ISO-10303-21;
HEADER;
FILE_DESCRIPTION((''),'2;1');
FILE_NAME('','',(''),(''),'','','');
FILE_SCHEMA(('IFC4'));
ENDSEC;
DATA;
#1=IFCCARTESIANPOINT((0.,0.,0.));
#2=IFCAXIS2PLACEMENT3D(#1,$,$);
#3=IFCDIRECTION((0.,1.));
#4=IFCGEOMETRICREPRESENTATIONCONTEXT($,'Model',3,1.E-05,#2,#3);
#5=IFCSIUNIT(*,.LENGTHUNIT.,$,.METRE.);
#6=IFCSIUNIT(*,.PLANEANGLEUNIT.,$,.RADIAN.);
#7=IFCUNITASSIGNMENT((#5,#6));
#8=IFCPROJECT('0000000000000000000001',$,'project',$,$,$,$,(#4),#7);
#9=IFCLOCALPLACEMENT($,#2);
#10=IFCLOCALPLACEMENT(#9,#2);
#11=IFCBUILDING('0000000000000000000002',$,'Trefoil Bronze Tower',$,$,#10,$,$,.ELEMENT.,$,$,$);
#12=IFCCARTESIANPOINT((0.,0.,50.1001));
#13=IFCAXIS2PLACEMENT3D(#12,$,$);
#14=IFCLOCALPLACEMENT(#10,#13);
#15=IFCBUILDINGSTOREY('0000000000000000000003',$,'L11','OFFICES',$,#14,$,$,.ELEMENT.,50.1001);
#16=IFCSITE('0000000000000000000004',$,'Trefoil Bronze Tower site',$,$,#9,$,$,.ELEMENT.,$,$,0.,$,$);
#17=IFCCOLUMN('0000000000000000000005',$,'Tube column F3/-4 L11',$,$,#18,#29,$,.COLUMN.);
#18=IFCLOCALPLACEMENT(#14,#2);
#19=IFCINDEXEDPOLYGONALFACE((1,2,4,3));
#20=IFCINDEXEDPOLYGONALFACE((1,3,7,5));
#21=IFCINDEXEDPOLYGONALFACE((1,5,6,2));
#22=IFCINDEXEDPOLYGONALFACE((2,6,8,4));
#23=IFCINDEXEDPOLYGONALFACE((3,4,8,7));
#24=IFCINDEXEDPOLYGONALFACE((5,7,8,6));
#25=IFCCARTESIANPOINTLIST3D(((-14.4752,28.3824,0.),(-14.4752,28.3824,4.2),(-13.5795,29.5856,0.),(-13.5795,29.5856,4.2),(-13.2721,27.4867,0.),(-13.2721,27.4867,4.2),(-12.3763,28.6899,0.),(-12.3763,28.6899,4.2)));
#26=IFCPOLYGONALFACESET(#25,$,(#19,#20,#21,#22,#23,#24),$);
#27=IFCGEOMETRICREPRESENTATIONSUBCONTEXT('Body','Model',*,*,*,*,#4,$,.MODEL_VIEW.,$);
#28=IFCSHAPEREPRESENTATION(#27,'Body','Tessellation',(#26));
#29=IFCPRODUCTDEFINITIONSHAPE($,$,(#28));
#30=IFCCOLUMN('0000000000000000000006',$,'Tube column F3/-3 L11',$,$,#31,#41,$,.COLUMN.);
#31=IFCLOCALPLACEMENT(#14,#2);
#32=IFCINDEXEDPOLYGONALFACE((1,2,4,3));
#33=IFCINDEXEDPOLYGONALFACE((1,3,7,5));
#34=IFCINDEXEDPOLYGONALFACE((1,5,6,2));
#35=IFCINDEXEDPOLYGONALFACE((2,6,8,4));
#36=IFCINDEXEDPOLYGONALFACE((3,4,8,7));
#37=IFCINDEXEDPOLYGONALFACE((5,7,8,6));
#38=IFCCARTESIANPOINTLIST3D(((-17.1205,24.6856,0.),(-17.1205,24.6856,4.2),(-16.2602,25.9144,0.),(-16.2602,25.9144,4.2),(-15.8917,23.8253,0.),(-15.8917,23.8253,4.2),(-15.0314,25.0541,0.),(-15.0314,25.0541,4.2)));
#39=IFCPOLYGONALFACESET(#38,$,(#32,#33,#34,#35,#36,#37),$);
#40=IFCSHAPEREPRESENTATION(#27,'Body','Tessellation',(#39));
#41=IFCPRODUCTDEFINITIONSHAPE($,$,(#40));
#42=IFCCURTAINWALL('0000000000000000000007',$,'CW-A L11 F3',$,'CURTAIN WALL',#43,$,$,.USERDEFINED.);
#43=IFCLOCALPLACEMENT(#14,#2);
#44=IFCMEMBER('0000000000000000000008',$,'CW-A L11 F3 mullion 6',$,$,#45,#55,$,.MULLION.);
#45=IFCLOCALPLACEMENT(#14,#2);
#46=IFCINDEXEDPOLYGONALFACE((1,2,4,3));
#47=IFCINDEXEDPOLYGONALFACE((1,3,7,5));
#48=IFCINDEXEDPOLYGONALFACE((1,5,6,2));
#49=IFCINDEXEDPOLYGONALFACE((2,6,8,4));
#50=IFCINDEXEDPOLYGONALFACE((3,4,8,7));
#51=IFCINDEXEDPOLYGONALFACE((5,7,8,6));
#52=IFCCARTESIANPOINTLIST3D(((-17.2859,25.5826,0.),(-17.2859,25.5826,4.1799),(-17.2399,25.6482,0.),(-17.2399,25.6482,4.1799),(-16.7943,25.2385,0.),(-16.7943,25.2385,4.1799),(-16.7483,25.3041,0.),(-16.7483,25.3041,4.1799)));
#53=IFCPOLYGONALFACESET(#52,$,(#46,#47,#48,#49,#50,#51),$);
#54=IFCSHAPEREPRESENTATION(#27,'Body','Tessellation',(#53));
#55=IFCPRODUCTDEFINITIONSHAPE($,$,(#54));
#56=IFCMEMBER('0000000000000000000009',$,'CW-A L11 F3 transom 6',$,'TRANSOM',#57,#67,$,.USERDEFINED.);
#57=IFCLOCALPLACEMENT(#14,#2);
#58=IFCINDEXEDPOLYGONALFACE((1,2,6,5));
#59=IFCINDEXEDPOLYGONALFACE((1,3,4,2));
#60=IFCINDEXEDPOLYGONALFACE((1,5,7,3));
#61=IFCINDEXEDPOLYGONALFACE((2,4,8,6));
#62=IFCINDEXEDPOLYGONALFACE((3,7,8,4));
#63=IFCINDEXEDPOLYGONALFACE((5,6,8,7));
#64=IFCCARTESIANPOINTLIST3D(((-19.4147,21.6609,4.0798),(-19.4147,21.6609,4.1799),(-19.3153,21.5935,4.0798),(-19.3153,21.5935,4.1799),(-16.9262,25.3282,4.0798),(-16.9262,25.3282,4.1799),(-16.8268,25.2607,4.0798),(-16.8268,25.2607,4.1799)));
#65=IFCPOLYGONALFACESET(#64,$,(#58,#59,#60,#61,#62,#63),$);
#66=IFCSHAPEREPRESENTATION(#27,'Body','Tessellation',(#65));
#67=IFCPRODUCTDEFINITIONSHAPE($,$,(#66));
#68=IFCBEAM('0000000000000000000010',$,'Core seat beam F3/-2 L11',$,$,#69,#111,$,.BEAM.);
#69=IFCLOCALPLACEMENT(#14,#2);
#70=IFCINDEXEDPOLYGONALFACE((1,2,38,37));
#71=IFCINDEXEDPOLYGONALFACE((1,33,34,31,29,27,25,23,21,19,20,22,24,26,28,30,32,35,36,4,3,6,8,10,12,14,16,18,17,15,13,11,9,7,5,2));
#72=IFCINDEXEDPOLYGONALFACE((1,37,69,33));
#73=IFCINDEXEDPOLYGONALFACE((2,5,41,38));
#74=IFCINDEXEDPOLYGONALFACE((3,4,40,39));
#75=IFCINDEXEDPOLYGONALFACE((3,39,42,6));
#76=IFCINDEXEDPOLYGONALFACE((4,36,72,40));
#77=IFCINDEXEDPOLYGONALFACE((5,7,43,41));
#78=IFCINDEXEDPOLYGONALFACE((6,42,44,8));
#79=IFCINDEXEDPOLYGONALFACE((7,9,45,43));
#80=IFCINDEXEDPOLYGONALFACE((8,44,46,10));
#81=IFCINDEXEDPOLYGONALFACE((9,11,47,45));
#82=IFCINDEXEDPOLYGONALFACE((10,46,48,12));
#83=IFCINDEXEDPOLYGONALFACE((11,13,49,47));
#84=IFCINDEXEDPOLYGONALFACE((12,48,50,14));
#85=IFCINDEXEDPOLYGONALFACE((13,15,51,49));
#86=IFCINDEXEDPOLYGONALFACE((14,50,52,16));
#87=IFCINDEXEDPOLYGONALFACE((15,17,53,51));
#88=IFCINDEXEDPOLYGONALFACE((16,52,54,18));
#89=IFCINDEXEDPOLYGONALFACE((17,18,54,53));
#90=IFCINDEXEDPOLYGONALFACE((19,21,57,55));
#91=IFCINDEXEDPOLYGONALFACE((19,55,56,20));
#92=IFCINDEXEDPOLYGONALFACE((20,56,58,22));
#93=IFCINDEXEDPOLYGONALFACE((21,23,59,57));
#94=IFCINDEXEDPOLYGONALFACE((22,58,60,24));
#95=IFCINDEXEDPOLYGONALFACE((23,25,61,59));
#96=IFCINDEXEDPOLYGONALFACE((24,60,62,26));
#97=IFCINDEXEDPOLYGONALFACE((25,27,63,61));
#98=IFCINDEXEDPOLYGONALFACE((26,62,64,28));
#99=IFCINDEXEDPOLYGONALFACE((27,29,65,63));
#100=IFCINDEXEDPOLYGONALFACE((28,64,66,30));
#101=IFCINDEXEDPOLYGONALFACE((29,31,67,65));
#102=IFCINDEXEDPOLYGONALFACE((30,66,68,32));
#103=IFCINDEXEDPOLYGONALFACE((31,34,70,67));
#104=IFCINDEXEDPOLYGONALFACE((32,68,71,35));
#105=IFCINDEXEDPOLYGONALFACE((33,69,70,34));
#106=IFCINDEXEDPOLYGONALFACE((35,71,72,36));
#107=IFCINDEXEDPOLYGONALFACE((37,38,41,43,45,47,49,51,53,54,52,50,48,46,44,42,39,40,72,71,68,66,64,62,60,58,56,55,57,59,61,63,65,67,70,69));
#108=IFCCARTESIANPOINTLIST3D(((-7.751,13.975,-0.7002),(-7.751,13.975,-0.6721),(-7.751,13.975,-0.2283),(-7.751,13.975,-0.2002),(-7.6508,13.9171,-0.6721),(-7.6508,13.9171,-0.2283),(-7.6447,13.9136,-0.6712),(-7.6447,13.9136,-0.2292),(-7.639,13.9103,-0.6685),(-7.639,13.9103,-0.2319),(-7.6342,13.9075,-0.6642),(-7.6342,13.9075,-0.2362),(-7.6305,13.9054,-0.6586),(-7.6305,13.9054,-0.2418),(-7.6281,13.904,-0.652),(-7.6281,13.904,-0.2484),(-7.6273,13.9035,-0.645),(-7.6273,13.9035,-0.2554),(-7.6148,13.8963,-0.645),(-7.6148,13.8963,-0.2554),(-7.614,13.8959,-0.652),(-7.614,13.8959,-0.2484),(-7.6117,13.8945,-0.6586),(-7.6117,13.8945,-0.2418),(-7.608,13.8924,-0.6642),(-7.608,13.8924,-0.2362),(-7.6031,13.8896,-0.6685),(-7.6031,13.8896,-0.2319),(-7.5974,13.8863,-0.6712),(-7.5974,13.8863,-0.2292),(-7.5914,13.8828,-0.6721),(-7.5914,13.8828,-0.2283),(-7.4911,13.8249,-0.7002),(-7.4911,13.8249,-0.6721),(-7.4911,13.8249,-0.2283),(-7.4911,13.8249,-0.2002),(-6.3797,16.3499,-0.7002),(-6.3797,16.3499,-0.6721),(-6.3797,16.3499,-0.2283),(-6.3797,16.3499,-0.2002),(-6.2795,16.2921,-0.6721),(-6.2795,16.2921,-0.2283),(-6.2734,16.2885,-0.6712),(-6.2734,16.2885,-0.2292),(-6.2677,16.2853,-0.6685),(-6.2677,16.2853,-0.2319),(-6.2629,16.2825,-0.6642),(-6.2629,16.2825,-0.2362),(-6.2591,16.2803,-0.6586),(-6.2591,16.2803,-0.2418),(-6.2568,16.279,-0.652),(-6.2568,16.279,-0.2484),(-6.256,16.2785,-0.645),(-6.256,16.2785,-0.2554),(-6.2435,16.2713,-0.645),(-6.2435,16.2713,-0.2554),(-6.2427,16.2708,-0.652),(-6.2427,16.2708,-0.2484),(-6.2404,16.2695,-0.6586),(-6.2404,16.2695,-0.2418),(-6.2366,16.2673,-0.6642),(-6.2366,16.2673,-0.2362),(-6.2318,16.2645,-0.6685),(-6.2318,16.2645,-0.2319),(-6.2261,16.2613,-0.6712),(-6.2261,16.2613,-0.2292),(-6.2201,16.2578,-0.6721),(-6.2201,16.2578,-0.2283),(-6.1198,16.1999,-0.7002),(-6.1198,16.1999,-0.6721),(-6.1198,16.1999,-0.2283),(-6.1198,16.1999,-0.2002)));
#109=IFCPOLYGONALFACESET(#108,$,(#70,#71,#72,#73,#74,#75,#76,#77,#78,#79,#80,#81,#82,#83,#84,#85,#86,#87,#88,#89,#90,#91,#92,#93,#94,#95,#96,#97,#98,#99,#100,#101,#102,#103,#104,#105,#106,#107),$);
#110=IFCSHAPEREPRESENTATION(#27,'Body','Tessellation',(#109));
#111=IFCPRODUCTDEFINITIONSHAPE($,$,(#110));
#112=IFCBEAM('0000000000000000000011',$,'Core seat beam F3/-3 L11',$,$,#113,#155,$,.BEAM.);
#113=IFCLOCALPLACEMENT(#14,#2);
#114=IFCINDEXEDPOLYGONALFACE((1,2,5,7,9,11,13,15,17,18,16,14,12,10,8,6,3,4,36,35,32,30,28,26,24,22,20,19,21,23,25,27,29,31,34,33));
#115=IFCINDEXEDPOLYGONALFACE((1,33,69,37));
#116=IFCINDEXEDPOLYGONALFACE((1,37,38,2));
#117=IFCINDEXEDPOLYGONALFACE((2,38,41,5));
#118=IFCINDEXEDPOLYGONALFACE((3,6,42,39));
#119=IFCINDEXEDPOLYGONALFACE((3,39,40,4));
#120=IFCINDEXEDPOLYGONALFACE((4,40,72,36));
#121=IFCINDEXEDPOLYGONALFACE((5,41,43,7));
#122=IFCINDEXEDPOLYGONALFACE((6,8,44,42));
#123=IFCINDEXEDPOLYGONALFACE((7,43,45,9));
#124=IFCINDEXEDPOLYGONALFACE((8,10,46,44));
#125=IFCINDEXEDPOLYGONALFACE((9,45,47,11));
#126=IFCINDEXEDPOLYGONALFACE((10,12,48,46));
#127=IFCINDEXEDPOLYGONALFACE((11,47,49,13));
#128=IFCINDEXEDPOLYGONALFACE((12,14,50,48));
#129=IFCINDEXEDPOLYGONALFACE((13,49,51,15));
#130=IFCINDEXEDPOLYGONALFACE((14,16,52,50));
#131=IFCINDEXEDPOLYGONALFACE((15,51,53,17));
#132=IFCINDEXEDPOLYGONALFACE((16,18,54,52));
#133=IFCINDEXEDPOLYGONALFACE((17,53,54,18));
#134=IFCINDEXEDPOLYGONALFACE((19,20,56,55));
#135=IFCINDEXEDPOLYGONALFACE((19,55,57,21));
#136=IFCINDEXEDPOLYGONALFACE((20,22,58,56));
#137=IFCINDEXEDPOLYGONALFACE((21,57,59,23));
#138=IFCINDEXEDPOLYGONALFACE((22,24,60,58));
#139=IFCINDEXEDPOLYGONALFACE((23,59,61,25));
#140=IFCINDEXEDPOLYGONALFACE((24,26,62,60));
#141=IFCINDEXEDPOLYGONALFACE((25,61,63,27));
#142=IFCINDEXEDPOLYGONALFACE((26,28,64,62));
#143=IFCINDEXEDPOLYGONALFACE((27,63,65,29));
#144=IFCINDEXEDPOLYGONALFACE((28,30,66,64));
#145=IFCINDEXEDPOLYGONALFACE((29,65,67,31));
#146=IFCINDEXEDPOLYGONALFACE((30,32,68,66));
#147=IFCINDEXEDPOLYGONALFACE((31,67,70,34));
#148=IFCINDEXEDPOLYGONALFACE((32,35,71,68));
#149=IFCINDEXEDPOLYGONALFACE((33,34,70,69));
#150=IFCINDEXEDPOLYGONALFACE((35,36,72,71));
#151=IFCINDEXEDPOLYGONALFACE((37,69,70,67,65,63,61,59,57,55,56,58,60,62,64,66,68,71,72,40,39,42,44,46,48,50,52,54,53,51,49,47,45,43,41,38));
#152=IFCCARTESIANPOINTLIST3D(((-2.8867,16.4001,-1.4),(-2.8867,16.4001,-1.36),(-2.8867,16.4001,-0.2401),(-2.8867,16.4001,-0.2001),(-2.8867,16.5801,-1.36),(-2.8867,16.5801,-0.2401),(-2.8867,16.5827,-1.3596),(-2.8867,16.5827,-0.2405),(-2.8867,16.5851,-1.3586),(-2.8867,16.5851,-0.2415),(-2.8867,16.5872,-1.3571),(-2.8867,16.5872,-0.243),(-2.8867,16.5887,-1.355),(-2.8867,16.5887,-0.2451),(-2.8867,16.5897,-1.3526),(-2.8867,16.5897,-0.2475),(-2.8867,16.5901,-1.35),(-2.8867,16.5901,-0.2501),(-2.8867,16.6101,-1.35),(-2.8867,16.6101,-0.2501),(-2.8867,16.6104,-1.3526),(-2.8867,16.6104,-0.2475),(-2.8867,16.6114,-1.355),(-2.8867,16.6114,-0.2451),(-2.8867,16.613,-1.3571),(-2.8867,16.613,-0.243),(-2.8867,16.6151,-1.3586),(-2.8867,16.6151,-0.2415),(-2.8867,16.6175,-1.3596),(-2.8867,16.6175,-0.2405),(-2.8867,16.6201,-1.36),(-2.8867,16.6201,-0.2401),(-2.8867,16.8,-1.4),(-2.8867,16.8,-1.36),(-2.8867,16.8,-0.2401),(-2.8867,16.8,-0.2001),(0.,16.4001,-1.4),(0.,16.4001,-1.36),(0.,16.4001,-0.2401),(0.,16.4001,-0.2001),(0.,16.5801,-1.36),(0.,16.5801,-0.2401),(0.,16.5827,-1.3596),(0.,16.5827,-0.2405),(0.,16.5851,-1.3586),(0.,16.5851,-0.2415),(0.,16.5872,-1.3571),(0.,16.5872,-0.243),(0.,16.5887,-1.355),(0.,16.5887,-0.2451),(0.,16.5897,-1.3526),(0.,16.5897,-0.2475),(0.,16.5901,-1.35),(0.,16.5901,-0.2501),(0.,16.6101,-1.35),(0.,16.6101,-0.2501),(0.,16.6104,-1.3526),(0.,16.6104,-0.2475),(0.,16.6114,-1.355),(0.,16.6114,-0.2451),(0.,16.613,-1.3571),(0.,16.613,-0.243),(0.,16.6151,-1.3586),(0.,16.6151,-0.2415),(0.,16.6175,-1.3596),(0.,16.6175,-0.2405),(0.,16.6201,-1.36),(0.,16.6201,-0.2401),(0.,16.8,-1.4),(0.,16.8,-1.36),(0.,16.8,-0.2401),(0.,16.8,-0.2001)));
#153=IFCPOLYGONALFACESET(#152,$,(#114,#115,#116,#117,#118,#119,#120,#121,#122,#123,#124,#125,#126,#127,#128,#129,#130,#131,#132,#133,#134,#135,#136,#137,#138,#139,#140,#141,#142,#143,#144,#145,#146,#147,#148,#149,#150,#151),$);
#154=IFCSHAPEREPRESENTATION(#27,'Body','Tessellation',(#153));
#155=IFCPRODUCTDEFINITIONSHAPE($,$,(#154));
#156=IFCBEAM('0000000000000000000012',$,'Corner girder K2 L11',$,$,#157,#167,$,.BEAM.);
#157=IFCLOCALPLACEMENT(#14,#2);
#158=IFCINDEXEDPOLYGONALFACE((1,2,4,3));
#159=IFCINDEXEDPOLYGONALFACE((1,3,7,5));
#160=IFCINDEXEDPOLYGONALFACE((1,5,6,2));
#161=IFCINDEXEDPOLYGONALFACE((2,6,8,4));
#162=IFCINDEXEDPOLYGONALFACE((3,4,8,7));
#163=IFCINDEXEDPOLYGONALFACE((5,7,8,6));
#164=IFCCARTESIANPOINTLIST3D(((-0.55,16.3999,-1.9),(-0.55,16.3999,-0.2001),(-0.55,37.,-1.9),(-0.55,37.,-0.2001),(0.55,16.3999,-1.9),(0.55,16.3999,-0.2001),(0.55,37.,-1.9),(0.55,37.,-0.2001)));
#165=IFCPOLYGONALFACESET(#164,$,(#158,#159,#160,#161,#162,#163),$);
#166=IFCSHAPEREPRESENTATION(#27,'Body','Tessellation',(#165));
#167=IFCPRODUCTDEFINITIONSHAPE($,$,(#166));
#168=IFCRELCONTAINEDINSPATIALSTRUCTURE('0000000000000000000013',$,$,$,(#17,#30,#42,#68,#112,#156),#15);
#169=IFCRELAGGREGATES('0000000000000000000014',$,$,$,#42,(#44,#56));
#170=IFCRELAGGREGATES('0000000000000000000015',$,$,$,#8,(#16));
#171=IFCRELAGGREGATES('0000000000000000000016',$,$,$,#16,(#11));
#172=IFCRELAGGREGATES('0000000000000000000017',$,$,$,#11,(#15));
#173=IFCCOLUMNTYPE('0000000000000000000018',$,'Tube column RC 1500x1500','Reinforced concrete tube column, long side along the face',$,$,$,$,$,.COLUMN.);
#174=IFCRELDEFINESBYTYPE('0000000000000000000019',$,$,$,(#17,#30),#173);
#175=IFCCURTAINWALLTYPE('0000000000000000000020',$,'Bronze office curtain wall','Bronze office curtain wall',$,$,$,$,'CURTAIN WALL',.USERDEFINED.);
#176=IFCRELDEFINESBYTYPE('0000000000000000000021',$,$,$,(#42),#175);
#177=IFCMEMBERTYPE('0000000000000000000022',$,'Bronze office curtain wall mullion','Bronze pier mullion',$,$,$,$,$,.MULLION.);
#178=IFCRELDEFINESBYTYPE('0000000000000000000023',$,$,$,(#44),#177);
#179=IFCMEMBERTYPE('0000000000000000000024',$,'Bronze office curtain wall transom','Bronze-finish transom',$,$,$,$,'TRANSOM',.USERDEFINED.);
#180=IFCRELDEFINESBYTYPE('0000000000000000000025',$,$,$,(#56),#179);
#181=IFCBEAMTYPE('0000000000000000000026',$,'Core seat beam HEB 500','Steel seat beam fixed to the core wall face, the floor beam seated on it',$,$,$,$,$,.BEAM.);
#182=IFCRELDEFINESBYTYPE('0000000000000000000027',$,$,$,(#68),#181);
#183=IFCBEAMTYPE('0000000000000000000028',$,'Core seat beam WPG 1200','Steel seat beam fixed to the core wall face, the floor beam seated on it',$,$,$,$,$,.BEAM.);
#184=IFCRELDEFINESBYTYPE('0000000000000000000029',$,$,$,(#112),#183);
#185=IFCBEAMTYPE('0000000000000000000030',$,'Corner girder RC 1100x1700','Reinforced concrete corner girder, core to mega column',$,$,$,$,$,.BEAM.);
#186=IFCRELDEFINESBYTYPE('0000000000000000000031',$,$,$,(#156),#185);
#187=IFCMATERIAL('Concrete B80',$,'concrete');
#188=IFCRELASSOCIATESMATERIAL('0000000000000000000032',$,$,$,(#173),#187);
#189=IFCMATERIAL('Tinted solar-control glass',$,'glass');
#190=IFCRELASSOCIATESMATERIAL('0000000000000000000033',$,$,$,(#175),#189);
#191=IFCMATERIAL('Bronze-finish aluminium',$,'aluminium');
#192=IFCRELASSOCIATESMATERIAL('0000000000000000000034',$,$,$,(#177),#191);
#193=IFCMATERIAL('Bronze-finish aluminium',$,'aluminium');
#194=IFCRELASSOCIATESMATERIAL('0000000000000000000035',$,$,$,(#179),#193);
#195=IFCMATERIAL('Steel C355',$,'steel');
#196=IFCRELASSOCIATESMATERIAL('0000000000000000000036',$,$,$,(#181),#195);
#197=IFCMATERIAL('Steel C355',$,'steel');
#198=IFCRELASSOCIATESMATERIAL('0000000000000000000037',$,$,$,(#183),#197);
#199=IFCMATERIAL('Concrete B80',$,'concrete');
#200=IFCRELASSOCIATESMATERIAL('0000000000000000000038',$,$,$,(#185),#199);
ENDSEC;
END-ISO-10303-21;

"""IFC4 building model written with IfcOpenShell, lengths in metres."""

from ifc_helpers import new_model, si_unit, direction, frame, origin, origin_2d, place, context, subcontext, project, spatial, rectangle, i_section, extrude, material, material_profile, profile_set, type_object, element, aggregate, save


model = new_model("IFC4")

# Units and contexts
model_context = context("Model", 3, precision=1e-05, world=origin(), true_north=direction((0.0, 1.0)))
body_context = subcontext(model_context, "Body", "Model", "MODEL_VIEW")
ifc_project = project(units=[si_unit("LENGTHUNIT", "METRE"), si_unit("PLANEANGLEUNIT", "RADIAN")], contexts=[model_context])

# Site, building, storey
site_placement = place(None, origin())
site = spatial("IfcSite", under=ifc_project, at=site_placement, Name="Trefoil Bronze Tower site", CompositionType="ELEMENT", RefElevation=0.0)
building_placement = place(site_placement, origin())
building = spatial("IfcBuilding", under=site, at=building_placement, Name="Trefoil Bronze Tower", CompositionType="ELEMENT")
storey_placement = place(building_placement, frame((0.0, 0.0, 50.1001)))
storey = spatial("IfcBuildingStorey", under=building, at=storey_placement, Name="L11", Description="OFFICES", CompositionType="ELEMENT", Elevation=50.1001)

# Columns
ifc_material_1 = material(Name="Concrete B80", Category="concrete")
ifc_material_profile_1 = material_profile(ifc_material_1, rectangle(XDim=1.5, YDim=1.5, at=origin_2d()), Name="RC 1500x1500")
ifc_profile_set_1 = profile_set([ifc_material_profile_1], Name="Concrete B80")
column_type = type_object("IfcColumnType", Name="Tube column RC 1500x1500", Description="Reinforced concrete tube column, long side along the face", PredefinedType="COLUMN", material=ifc_profile_set_1)
for number, where, z_axis, x_axis, name in (
    (1, (-13.4258, 28.5361, 0.0), (0.0, 0.0, 1.0), (-0.597154, -0.802127, 0.0), "Tube column F3/-4 L11"),
    (2, (-16.0759, 24.8699, 0.0), (0.0, 0.0, 1.0), (-0.573502, -0.819204, 0.0), "Tube column F3/-3 L11"),
):
    element("IfcColumn", number, at=place(storey_placement, frame(where, z_axis=z_axis, x_axis=x_axis)), inside=storey, type_object=column_type, Name=name, PredefinedType="COLUMN", context=body_context, shape_type="SweptSolid", body=[
        extrude(rectangle(XDim=1.5, YDim=1.5, at=origin_2d()), origin(), (0.0, 0.0, 1.0), 4.2),
    ])

# Curtain wall, members
ifc_material_2 = material(Name="Tinted solar-control glass", Category="glass")
curtain_wall_type = type_object("IfcCurtainWallType", Name="Bronze office curtain wall", Description="Bronze office curtain wall", ElementType="CURTAIN WALL", PredefinedType="USERDEFINED", material=ifc_material_2)
curtain_wall_placement = place(storey_placement, origin())
curtain_wall = element("IfcCurtainWall", 3, at=curtain_wall_placement, inside=storey, type_object=curtain_wall_type, Name="CW-A L11 F3", ObjectType="CURTAIN WALL", PredefinedType="USERDEFINED")
ifc_material_3 = material(Name="Bronze-finish aluminium", Category="aluminium")
ifc_material_profile_2 = material_profile(ifc_material_3, rectangle(XDim=0.6001, YDim=0.0801, at=origin_2d()), Name="CW-A mullion")
ifc_profile_set_2 = profile_set([ifc_material_profile_2], Name="Bronze-finish aluminium")
member_type_1 = type_object("IfcMemberType", Name="Bronze office curtain wall mullion", Description="Bronze pier mullion", PredefinedType="MULLION", material=ifc_profile_set_2)
member_1_placement = place(storey_placement, frame((-17.0171, 25.4434, 0.0), z_axis=(0.0, 0.0, 1.0), x_axis=(0.819204, -0.573502, 0.0)))
member_1 = element("IfcMember", 4, at=member_1_placement, type_object=member_type_1, Name="CW-A L11 F3 mullion 6", PredefinedType="MULLION", context=body_context, shape_type="SweptSolid", body=[
    extrude(rectangle(XDim=0.6001, YDim=0.0801, at=origin_2d()), origin(), (0.0, 0.0, 1.0), 4.1799),
])
ifc_material_4 = material(Name="Bronze-finish aluminium", Category="aluminium")
ifc_material_profile_3 = material_profile(ifc_material_4, rectangle(XDim=0.1201, YDim=0.1001, at=origin_2d()), Name="CW-A transom")
ifc_profile_set_3 = profile_set([ifc_material_profile_3], Name="Bronze-finish aluminium")
member_type_2 = type_object("IfcMemberType", Name="Bronze office curtain wall transom", Description="Bronze-finish transom", ElementType="TRANSOM", PredefinedType="USERDEFINED", material=ifc_profile_set_3)
member_2_placement = place(storey_placement, frame((-16.8765, 25.2944, 4.1299), z_axis=(-0.561508, -0.827471, 0.0), x_axis=(0.827471, -0.561508, 0.0)))
member_2 = element("IfcMember", 5, at=member_2_placement, type_object=member_type_2, Name="CW-A L11 F3 transom 6", ObjectType="TRANSOM", PredefinedType="USERDEFINED", context=body_context, shape_type="SweptSolid", body=[
    extrude(rectangle(XDim=0.1201, YDim=0.1001, at=origin_2d()), origin(), (0.0, 0.0, 1.0), 4.4319),
])

# Beams
ifc_material_5 = material(Name="Steel C355", Category="steel")
ifc_material_profile_4 = material_profile(ifc_material_5, i_section(OverallWidth=0.3, OverallDepth=0.5, WebThickness=0.0144, FlangeThickness=0.0281, FilletRadius=0.0271, at=origin_2d()), Name="HEB 500")
ifc_profile_set_4 = profile_set([ifc_material_profile_4], Name="Steel C355")
beam_type_1 = type_object("IfcBeamType", Name="Core seat beam HEB 500", Description="Steel seat beam fixed to the core wall face, the floor beam seated on it", PredefinedType="BEAM", material=ifc_profile_set_4)
beam_1_placement = place(storey_placement, frame((-6.2498, 16.2749, -0.4502), z_axis=(-0.500036, -0.866005, 0.0), x_axis=(0.866005, -0.500036, 0.0)))
element("IfcBeam", 6, at=beam_1_placement, inside=storey, type_object=beam_type_1, Name="Core seat beam F3/-2 L11", PredefinedType="BEAM", context=body_context, shape_type="SweptSolid", body=[
    extrude(i_section(OverallWidth=0.3, OverallDepth=0.5, WebThickness=0.0144, FlangeThickness=0.0281, FilletRadius=0.0271, at=origin_2d()), origin(), (0.0, 0.0, 1.0), 2.7424),
])
ifc_material_6 = material(Name="Steel C355", Category="steel")
ifc_material_profile_5 = material_profile(ifc_material_6, i_section(OverallWidth=0.3999, OverallDepth=1.2, WebThickness=0.02, FlangeThickness=0.04, FilletRadius=0.01, at=origin_2d()), Name="WPG 1200")
ifc_profile_set_5 = profile_set([ifc_material_profile_5], Name="Steel C355")
beam_type_2 = type_object("IfcBeamType", Name="Core seat beam WPG 1200", Description="Steel seat beam fixed to the core wall face, the floor beam seated on it", PredefinedType="BEAM", material=ifc_profile_set_5)
beam_2_placement = place(storey_placement, frame((0.0, 16.6001, -0.8), z_axis=(-1.0, 0.0, 0.0), x_axis=(0.0, -1.0, 0.0)))
element("IfcBeam", 7, at=beam_2_placement, inside=storey, type_object=beam_type_2, Name="Core seat beam F3/-3 L11", PredefinedType="BEAM", context=body_context, shape_type="SweptSolid", body=[
    extrude(i_section(OverallWidth=0.3999, OverallDepth=1.2, WebThickness=0.02, FlangeThickness=0.04, FilletRadius=0.01, at=origin_2d()), origin(), (0.0, 0.0, 1.0), 2.8867),
])
ifc_material_7 = material(Name="Concrete B80", Category="concrete")
ifc_material_profile_6 = material_profile(ifc_material_7, rectangle(XDim=1.1001, YDim=1.7, at=origin_2d()), Name="RC 1100x1700")
ifc_profile_set_6 = profile_set([ifc_material_profile_6], Name="Concrete B80")
beam_type_3 = type_object("IfcBeamType", Name="Corner girder RC 1100x1700", Description="Reinforced concrete corner girder, core to mega column", PredefinedType="BEAM", material=ifc_profile_set_6)
beam_3_placement = place(storey_placement, frame((0.0, 16.3999, -1.05), z_axis=(0.0, 1.0, 0.0), x_axis=(-1.0, 0.0, 0.0)))
element("IfcBeam", 8, at=beam_3_placement, inside=storey, type_object=beam_type_3, Name="Corner girder K2 L11", PredefinedType="BEAM", context=body_context, shape_type="SweptSolid", body=[
    extrude(rectangle(XDim=1.1001, YDim=1.7, at=origin_2d()), origin(), (0.0, 0.0, 1.0), 20.6001),
])

aggregate(curtain_wall, [member_1, member_2])

save(model, "model.ifc")
